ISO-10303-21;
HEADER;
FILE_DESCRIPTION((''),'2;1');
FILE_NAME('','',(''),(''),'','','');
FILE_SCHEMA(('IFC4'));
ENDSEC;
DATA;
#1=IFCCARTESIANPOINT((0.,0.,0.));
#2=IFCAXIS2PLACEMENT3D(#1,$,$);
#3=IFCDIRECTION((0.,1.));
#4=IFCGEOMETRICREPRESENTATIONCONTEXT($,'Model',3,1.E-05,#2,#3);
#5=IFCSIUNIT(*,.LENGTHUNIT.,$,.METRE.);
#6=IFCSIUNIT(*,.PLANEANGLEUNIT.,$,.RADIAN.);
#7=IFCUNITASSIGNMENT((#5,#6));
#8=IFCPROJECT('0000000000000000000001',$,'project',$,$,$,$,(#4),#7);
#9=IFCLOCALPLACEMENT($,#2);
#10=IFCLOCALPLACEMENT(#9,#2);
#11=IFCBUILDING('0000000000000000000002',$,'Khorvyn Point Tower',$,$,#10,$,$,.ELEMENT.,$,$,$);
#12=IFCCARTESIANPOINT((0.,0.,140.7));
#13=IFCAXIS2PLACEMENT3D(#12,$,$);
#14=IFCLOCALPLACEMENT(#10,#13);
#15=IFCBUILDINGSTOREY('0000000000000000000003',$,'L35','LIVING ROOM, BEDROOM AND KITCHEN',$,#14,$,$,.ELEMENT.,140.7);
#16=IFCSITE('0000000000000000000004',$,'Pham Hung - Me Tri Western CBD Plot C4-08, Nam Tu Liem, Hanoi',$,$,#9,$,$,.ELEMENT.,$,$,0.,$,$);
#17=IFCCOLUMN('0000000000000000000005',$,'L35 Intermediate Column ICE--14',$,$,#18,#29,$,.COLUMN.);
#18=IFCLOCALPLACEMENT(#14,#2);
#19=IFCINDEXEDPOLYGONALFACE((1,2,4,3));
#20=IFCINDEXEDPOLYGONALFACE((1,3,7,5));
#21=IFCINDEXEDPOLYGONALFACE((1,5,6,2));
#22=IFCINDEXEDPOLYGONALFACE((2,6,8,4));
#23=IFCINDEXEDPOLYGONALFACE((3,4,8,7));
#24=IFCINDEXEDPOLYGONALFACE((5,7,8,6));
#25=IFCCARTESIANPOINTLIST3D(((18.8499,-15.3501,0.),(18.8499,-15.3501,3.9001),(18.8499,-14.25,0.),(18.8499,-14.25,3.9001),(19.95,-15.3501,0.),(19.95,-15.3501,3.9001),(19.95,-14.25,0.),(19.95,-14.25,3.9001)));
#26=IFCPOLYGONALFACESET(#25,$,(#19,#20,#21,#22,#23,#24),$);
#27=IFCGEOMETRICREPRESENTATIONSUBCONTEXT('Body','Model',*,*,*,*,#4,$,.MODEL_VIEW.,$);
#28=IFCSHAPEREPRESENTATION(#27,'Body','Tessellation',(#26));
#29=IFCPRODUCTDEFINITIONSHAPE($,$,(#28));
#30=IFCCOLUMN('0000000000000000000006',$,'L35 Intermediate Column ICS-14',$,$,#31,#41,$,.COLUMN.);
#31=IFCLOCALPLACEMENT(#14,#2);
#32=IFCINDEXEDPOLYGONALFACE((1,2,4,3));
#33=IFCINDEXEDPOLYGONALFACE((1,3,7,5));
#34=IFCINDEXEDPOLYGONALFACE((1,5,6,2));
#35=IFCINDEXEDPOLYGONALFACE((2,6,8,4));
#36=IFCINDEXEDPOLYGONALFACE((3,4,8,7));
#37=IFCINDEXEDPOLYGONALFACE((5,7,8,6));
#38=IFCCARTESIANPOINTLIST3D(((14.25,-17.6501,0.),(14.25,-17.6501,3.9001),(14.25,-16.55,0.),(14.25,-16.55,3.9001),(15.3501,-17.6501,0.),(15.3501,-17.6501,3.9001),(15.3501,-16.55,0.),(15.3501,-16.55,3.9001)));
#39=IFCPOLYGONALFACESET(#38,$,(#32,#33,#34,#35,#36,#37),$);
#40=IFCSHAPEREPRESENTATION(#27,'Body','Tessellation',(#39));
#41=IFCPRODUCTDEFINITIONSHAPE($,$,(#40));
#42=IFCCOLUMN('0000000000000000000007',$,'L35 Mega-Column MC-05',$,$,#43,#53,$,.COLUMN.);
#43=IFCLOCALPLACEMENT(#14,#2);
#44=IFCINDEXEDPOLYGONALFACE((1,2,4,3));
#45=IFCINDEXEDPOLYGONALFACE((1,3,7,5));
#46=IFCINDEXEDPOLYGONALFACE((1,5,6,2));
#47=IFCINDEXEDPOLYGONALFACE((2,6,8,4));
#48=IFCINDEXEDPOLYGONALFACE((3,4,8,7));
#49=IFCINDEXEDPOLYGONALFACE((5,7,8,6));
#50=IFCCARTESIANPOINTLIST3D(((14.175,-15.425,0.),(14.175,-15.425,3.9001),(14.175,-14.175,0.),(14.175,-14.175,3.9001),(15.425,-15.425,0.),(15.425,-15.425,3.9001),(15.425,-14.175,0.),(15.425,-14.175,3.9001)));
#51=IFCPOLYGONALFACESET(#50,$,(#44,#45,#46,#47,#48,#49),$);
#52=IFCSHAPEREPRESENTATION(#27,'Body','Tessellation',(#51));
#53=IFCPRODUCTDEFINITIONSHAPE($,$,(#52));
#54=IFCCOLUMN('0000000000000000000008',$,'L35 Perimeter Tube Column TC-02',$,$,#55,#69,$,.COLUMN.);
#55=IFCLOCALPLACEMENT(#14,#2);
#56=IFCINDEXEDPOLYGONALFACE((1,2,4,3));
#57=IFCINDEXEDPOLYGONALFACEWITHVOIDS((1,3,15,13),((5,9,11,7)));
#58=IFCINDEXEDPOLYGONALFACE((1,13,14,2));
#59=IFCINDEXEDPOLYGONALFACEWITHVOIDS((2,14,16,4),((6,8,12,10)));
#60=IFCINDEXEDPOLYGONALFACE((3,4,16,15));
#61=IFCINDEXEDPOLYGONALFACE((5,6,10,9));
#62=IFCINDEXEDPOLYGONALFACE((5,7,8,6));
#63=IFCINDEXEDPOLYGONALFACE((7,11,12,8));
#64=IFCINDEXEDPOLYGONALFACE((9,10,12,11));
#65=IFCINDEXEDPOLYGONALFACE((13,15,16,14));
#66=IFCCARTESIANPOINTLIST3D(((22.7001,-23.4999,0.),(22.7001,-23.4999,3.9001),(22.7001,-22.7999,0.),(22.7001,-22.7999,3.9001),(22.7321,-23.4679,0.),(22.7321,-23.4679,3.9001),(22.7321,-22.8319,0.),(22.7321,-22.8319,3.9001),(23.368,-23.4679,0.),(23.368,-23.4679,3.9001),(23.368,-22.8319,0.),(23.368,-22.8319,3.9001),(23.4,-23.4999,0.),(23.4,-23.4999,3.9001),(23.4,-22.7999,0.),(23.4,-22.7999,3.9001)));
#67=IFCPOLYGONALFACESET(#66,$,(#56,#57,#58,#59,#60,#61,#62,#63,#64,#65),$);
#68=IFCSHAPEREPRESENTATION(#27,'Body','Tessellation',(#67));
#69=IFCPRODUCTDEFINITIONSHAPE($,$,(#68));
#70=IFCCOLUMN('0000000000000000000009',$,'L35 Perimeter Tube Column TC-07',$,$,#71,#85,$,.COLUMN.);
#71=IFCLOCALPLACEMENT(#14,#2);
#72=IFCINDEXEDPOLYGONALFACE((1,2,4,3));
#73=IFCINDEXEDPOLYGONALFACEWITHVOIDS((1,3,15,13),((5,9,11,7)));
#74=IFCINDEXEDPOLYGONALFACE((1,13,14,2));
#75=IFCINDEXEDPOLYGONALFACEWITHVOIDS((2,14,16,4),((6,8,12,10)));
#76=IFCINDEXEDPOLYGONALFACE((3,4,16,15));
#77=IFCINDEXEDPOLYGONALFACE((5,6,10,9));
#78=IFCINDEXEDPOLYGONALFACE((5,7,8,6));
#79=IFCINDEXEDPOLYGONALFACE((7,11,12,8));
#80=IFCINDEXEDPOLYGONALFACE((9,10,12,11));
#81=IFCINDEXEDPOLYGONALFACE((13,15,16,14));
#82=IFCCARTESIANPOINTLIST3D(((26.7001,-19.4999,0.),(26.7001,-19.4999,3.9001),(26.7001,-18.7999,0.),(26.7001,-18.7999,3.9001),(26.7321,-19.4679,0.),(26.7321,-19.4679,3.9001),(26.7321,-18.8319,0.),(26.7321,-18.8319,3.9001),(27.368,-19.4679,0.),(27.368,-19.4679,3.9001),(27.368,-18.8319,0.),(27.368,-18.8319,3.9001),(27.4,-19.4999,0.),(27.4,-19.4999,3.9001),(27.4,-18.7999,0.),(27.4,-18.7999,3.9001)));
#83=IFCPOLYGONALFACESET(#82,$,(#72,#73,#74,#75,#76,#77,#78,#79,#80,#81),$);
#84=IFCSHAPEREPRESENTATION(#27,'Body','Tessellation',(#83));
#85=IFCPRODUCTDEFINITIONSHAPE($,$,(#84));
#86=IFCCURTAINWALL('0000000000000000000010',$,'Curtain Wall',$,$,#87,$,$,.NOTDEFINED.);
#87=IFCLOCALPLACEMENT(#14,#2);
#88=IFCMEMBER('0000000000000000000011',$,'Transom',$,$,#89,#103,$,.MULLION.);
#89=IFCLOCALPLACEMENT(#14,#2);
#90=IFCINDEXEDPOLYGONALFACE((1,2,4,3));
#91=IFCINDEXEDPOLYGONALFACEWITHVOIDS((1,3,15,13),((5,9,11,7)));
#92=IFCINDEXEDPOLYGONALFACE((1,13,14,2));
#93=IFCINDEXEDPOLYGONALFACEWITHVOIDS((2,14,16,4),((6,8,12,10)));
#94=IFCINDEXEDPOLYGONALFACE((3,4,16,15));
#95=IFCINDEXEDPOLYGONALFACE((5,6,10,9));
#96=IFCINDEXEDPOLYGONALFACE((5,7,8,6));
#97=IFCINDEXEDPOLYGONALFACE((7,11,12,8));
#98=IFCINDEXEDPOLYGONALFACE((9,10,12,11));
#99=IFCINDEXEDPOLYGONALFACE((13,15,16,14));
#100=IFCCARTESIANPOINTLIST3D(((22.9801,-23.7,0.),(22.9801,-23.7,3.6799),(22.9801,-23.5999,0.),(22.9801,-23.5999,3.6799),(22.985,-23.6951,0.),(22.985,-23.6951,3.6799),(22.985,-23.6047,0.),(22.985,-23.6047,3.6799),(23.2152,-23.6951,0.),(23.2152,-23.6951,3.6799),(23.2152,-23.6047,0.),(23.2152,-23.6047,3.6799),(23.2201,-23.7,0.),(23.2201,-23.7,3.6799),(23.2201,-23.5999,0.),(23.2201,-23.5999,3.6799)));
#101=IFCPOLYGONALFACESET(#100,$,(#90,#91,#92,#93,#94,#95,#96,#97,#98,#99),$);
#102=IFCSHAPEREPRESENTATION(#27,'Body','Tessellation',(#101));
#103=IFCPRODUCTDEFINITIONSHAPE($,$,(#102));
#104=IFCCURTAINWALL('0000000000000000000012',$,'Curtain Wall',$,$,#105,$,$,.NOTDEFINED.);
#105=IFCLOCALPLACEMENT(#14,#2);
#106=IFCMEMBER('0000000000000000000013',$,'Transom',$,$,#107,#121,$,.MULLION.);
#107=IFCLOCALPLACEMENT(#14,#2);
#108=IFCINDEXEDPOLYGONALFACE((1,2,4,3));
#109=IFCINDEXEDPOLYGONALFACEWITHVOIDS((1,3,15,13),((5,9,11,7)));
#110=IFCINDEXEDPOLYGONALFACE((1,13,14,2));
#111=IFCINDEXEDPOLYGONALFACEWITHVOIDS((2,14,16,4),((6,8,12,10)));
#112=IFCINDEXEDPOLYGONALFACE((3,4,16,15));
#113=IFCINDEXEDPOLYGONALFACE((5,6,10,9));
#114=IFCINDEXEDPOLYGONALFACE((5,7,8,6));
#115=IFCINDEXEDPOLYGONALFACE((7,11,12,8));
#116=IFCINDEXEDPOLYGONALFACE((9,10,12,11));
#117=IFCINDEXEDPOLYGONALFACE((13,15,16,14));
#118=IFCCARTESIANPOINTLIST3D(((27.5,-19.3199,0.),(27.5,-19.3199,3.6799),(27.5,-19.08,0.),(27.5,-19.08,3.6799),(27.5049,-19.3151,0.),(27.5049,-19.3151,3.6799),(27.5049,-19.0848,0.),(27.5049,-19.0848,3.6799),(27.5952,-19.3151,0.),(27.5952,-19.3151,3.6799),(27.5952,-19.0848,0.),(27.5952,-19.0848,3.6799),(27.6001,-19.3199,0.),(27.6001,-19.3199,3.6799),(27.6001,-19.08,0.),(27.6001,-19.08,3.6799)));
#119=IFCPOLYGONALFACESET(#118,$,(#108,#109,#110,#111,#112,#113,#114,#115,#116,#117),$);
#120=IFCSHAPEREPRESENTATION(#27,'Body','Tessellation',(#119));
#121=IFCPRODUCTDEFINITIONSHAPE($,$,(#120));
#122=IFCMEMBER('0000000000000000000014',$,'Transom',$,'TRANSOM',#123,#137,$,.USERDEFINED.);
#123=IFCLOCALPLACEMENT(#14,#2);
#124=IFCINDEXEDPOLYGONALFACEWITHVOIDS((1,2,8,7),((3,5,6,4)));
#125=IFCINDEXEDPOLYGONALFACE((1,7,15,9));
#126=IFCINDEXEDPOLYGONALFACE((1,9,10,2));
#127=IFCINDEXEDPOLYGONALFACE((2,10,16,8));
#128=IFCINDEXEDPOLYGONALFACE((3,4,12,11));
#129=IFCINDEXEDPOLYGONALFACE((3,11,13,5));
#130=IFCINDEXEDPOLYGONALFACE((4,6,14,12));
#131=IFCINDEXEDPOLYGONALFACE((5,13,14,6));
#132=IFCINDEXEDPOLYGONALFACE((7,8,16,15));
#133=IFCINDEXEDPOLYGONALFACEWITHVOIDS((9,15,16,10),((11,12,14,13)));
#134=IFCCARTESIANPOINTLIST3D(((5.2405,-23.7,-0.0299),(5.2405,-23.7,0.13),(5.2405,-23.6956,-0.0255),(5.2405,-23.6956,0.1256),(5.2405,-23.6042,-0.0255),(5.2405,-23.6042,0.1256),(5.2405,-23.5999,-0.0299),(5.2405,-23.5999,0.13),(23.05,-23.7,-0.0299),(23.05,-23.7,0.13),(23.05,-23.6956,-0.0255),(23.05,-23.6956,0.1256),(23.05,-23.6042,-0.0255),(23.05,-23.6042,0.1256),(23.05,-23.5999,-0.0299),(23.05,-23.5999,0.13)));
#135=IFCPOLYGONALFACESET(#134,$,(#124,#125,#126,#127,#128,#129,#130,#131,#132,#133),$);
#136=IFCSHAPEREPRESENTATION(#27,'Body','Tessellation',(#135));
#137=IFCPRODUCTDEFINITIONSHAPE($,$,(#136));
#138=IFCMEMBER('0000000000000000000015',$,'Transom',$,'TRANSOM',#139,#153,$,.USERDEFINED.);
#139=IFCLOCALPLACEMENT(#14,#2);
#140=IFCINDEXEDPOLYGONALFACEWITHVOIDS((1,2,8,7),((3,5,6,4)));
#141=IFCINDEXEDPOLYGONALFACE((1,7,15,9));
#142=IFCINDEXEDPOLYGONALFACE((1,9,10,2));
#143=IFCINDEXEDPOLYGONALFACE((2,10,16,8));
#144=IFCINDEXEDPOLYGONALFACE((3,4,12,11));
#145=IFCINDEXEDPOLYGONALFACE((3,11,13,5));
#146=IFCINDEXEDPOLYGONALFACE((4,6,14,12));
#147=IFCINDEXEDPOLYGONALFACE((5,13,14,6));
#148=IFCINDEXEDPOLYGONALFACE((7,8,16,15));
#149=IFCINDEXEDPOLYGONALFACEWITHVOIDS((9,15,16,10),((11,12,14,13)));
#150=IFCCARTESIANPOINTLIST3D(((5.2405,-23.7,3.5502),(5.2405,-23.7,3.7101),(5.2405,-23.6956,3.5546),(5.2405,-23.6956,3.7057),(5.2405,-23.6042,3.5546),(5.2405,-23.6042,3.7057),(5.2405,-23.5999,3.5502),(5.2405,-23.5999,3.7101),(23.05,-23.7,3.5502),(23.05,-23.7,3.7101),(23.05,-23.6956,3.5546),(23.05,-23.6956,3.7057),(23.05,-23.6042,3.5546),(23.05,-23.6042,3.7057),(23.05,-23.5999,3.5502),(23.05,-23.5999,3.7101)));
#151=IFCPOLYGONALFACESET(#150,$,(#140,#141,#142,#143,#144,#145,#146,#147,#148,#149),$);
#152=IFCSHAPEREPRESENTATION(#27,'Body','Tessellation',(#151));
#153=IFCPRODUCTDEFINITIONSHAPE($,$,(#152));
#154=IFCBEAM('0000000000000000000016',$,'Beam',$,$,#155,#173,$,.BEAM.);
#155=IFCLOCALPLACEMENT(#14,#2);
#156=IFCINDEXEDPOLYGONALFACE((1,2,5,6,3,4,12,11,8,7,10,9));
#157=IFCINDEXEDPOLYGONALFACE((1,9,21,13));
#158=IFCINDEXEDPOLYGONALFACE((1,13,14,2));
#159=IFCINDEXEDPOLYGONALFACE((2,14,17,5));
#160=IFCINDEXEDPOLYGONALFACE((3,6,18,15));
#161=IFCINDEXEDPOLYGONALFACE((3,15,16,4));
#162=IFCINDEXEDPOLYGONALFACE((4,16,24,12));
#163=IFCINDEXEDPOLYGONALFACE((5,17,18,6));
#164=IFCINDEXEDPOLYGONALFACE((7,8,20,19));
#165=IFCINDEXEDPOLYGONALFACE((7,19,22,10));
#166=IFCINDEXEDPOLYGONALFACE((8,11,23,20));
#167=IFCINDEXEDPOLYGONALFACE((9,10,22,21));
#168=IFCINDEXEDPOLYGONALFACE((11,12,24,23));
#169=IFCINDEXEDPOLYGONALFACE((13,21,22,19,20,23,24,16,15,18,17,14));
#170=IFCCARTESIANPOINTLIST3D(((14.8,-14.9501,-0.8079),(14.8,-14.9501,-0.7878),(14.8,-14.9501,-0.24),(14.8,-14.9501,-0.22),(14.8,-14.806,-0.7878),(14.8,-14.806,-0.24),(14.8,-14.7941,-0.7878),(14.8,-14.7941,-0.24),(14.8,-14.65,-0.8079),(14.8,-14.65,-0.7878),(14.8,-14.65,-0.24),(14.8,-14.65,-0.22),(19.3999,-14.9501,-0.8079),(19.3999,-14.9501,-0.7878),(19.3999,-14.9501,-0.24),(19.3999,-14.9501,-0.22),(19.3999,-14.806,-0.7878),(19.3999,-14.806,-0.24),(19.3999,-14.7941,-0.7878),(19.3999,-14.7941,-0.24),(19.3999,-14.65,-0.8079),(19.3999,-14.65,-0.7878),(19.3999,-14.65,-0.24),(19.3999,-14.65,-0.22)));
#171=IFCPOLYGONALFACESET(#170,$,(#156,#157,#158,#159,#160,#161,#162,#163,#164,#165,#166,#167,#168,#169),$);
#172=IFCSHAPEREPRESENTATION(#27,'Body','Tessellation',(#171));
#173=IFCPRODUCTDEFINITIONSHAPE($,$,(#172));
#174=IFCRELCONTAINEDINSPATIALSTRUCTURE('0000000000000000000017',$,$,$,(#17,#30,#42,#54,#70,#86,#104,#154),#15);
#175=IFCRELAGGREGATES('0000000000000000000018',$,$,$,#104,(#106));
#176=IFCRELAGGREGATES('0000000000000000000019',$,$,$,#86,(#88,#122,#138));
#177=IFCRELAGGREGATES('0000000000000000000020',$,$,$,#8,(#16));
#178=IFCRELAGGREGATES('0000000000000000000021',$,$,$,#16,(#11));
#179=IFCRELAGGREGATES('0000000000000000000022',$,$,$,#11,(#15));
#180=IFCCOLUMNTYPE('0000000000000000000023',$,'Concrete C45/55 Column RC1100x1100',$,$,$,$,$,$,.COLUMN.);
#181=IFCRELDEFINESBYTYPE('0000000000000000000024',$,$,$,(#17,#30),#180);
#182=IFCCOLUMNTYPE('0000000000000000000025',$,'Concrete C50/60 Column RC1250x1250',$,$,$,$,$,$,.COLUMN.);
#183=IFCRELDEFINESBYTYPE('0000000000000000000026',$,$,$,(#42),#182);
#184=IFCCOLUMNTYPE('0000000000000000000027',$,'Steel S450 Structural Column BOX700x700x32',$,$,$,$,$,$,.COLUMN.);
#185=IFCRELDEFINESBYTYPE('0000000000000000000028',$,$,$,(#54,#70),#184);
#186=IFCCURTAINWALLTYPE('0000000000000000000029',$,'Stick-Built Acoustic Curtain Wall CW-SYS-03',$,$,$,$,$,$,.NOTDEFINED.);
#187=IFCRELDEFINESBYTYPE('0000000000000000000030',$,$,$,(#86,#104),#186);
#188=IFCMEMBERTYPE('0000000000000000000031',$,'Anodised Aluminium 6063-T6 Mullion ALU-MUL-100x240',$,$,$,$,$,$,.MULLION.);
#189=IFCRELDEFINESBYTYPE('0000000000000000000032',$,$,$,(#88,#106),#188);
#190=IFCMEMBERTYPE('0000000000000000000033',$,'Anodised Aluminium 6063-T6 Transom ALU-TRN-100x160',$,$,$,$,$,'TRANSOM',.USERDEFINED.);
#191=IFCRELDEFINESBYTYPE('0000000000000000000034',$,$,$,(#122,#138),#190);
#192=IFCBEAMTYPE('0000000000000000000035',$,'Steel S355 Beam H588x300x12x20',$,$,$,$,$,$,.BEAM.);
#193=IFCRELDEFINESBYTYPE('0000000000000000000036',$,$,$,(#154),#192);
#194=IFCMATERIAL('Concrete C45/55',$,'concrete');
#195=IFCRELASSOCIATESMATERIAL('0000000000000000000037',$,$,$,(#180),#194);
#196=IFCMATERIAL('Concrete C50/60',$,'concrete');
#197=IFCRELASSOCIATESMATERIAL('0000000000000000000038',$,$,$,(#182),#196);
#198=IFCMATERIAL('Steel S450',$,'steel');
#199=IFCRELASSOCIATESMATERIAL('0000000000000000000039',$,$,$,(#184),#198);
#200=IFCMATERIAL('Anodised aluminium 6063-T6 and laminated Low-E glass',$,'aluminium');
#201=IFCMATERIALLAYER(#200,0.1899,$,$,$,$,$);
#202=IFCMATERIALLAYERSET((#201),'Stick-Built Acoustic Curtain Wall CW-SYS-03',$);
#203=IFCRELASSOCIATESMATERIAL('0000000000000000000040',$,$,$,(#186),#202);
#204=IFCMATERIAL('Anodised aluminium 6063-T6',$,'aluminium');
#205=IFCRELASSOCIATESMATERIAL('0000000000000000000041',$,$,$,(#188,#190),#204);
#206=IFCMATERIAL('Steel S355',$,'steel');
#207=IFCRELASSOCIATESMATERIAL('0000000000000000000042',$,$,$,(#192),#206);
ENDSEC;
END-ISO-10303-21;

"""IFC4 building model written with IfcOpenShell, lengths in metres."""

from ifc_helpers import new_model, si_unit, direction, frame, origin, origin_2d, place, context, subcontext, project, spatial, rectangle, hollow_rectangle, i_section, extrude, material, layer, layer_set, material_profile, profile_set, type_object, element, aggregate, save


model = new_model("IFC4")

# Units and contexts
model_context = context("Model", 3, precision=1e-05, world=origin(), true_north=direction((0.0, 1.0)))
body_context = subcontext(model_context, "Body", "Model", "MODEL_VIEW")
ifc_project = project(units=[si_unit("LENGTHUNIT", "METRE"), si_unit("PLANEANGLEUNIT", "RADIAN")], contexts=[model_context])

# Site, building, storey
site_placement = place(None, origin())
site = spatial("IfcSite", under=ifc_project, at=site_placement, Name="Pham Hung - Me Tri Western CBD Plot C4-08, Nam Tu Liem, Hanoi", CompositionType="ELEMENT", RefElevation=0.0)
building_placement = place(site_placement, origin())
building = spatial("IfcBuilding", under=site, at=building_placement, Name="Khorvyn Point Tower", CompositionType="ELEMENT")
storey_placement = place(building_placement, frame((0.0, 0.0, 140.7)))
storey = spatial("IfcBuildingStorey", under=building, at=storey_placement, Name="L35", Description="LIVING ROOM, BEDROOM AND KITCHEN", CompositionType="ELEMENT", Elevation=140.7)

# Columns
ifc_material_1 = material(Name="Concrete C45/55", Category="concrete")
ifc_material_profile_1 = material_profile(ifc_material_1, rectangle(XDim=1.1001, YDim=1.1001, at=origin_2d()))
ifc_profile_set_1 = profile_set([ifc_material_profile_1], Name="Concrete C45/55 RC1100x1100")
column_type_1 = type_object("IfcColumnType", Name="Concrete C45/55 Column RC1100x1100", PredefinedType="COLUMN", material=ifc_profile_set_1)
for number, where, z_axis, x_axis, name in (
    (1, (19.3999, -14.8, 0.0), (0.0, 0.0, 1.0), (1.0, 0.0, 0.0), "L35 Intermediate Column ICE--14"),
    (2, (14.8, -17.1001, 0.0), (0.0, 0.0, 1.0), (1.0, 0.0, 0.0), "L35 Intermediate Column ICS-14"),
):
    element("IfcColumn", number, at=place(storey_placement, frame(where, z_axis=z_axis, x_axis=x_axis)), inside=storey, type_object=column_type_1, Name=name, PredefinedType="COLUMN", context=body_context, shape_type="SweptSolid", body=[
        extrude(rectangle(XDim=1.1001, YDim=1.1001, at=origin_2d()), origin(), (0.0, 0.0, 1.0), 3.9001),
    ])
ifc_material_2 = material(Name="Concrete C50/60", Category="concrete")
ifc_material_profile_2 = material_profile(ifc_material_2, rectangle(XDim=1.25, YDim=1.25, at=origin_2d()))
ifc_profile_set_2 = profile_set([ifc_material_profile_2], Name="Concrete C50/60 RC1250x1250")
column_type_2 = type_object("IfcColumnType", Name="Concrete C50/60 Column RC1250x1250", PredefinedType="COLUMN", material=ifc_profile_set_2)
column_placement = place(storey_placement, frame((14.8, -14.8, 0.0), z_axis=(0.0, 0.0, 1.0), x_axis=(1.0, 0.0, 0.0)))
element("IfcColumn", 3, at=column_placement, inside=storey, type_object=column_type_2, Name="L35 Mega-Column MC-05", PredefinedType="COLUMN", context=body_context, shape_type="SweptSolid", body=[
    extrude(rectangle(XDim=1.25, YDim=1.25, at=origin_2d()), origin(), (0.0, 0.0, 1.0), 3.9001),
])
ifc_material_3 = material(Name="Steel S450", Category="steel")
ifc_material_profile_3 = material_profile(ifc_material_3, hollow_rectangle(XDim=0.7, YDim=0.7, WallThickness=0.032, at=origin_2d()))
ifc_profile_set_3 = profile_set([ifc_material_profile_3], Name="Steel S450 BOX700x700x32")
column_type_3 = type_object("IfcColumnType", Name="Steel S450 Structural Column BOX700x700x32", PredefinedType="COLUMN", material=ifc_profile_set_3)
for number, where, z_axis, x_axis, name in (
    (4, (23.05, -23.1499, 0.0), (0.0, 0.0, 1.0), (1.0, 0.0, 0.0), "L35 Perimeter Tube Column TC-02"),
    (5, (27.05, -19.1499, 0.0), (0.0, 0.0, 1.0), (1.0, 0.0, 0.0), "L35 Perimeter Tube Column TC-07"),
):
    element("IfcColumn", number, at=place(storey_placement, frame(where, z_axis=z_axis, x_axis=x_axis)), inside=storey, type_object=column_type_3, Name=name, PredefinedType="COLUMN", context=body_context, shape_type="SweptSolid", body=[
        extrude(hollow_rectangle(XDim=0.7, YDim=0.7, WallThickness=0.032, at=origin_2d()), origin(), (0.0, 0.0, 1.0), 3.9001),
    ])

# Curtain walls, members
ifc_material_4 = material(Name="Anodised aluminium 6063-T6 and laminated Low-E glass", Category="aluminium")
ifc_layer_1 = layer(ifc_material_4, 0.1899)
ifc_layer_set_1 = layer_set([ifc_layer_1], Name="Stick-Built Acoustic Curtain Wall CW-SYS-03")
curtain_wall_type = type_object("IfcCurtainWallType", Name="Stick-Built Acoustic Curtain Wall CW-SYS-03", PredefinedType="NOTDEFINED", material=ifc_layer_set_1)
curtain_wall_1_placement = place(storey_placement, origin())
curtain_wall_1 = element("IfcCurtainWall", 6, at=curtain_wall_1_placement, inside=storey, type_object=curtain_wall_type, Name="Curtain Wall", PredefinedType="NOTDEFINED")
ifc_material_5 = material(Name="Anodised aluminium 6063-T6", Category="aluminium")
ifc_material_profile_4 = material_profile(ifc_material_5, hollow_rectangle(XDim=0.1001, YDim=0.24, WallThickness=0.0049, at=origin_2d()))
ifc_profile_set_4 = profile_set([ifc_material_profile_4], Name="Anodised aluminium 6063-T6 ALU-MUL-100x240")
member_type_1 = type_object("IfcMemberType", Name="Anodised Aluminium 6063-T6 Mullion ALU-MUL-100x240", PredefinedType="MULLION", material=ifc_profile_set_4)
member_1_placement = place(storey_placement, frame((23.1001, -23.6499, 0.0), z_axis=(0.0, 0.0, 1.0), x_axis=(0.0, -1.0, 0.0)))
member_1 = element("IfcMember", 7, at=member_1_placement, type_object=member_type_1, Name="Transom", PredefinedType="MULLION", context=body_context, shape_type="SweptSolid", body=[
    extrude(hollow_rectangle(XDim=0.1001, YDim=0.24, WallThickness=0.0049, at=origin_2d()), origin(), (0.0, 0.0, 1.0), 3.6799),
])
curtain_wall_2_placement = place(storey_placement, origin())
curtain_wall_2 = element("IfcCurtainWall", 8, at=curtain_wall_2_placement, inside=storey, type_object=curtain_wall_type, Name="Curtain Wall", PredefinedType="NOTDEFINED")
member_2_placement = place(storey_placement, frame((27.55, -19.2, 0.0), z_axis=(0.0, 0.0, 1.0), x_axis=(1.0, 0.0, 0.0)))
member_2 = element("IfcMember", 9, at=member_2_placement, type_object=member_type_1, Name="Transom", PredefinedType="MULLION", context=body_context, shape_type="SweptSolid", body=[
    extrude(hollow_rectangle(XDim=0.1001, YDim=0.24, WallThickness=0.0049, at=origin_2d()), origin(), (0.0, 0.0, 1.0), 3.6799),
])
aggregate(curtain_wall_2, [member_2])

# Members
ifc_material_profile_5 = material_profile(ifc_material_5, hollow_rectangle(XDim=0.1001, YDim=0.1599, WallThickness=0.0044, at=origin_2d()))
ifc_profile_set_5 = profile_set([ifc_material_profile_5], Name="Anodised aluminium 6063-T6 ALU-TRN-100x160")
member_type_2 = type_object("IfcMemberType", Name="Anodised Aluminium 6063-T6 Transom ALU-TRN-100x160", ElementType="TRANSOM", PredefinedType="USERDEFINED", material=ifc_profile_set_5)
member_3_placement = place(storey_placement, frame((23.05, -23.6499, 0.05), z_axis=(-1.0, 0.0, 0.0), x_axis=(0.0, -1.0, 0.0)))
member_3 = element("IfcMember", 10, at=member_3_placement, type_object=member_type_2, Name="Transom", ObjectType="TRANSOM", PredefinedType="USERDEFINED", context=body_context, shape_type="SweptSolid", body=[
    extrude(hollow_rectangle(XDim=0.1001, YDim=0.1599, WallThickness=0.0044, at=origin_2d()), origin(), (0.0, 0.0, 1.0), 17.8096),
])
member_4_placement = place(storey_placement, frame((23.05, -23.6499, 3.6301), z_axis=(-1.0, 0.0, 0.0), x_axis=(0.0, -1.0, 0.0)))
member_4 = element("IfcMember", 11, at=member_4_placement, type_object=member_type_2, Name="Transom", ObjectType="TRANSOM", PredefinedType="USERDEFINED", context=body_context, shape_type="SweptSolid", body=[
    extrude(hollow_rectangle(XDim=0.1001, YDim=0.1599, WallThickness=0.0044, at=origin_2d()), origin(), (0.0, 0.0, 1.0), 17.8096),
])

# Beam
ifc_material_6 = material(Name="Steel S355", Category="steel")
ifc_material_profile_6 = material_profile(ifc_material_6, i_section(OverallWidth=0.3, OverallDepth=0.5879, WebThickness=0.012, FlangeThickness=0.02, at=origin_2d()))
ifc_profile_set_6 = profile_set([ifc_material_profile_6], Name="Steel S355 H588x300x12x20")
beam_type_1 = type_object("IfcBeamType", Name="Steel S355 Beam H588x300x12x20", PredefinedType="BEAM", material=ifc_profile_set_6)
beam_1_placement = place(storey_placement, frame((14.8, -14.8, -0.5139), z_axis=(1.0, 0.0, 0.0), x_axis=(0.0, 1.0, 0.0)))
element("IfcBeam", 12, at=beam_1_placement, inside=storey, type_object=beam_type_1, Name="Beam", PredefinedType="BEAM", context=body_context, shape_type="SweptSolid", body=[
    extrude(i_section(OverallWidth=0.3, OverallDepth=0.5879, WebThickness=0.012, FlangeThickness=0.02, at=origin_2d()), origin(), (0.0, 0.0, 1.0), 4.5999),
])

aggregate(curtain_wall_1, [member_1, member_3, member_4])

save(model, "model.ifc")
